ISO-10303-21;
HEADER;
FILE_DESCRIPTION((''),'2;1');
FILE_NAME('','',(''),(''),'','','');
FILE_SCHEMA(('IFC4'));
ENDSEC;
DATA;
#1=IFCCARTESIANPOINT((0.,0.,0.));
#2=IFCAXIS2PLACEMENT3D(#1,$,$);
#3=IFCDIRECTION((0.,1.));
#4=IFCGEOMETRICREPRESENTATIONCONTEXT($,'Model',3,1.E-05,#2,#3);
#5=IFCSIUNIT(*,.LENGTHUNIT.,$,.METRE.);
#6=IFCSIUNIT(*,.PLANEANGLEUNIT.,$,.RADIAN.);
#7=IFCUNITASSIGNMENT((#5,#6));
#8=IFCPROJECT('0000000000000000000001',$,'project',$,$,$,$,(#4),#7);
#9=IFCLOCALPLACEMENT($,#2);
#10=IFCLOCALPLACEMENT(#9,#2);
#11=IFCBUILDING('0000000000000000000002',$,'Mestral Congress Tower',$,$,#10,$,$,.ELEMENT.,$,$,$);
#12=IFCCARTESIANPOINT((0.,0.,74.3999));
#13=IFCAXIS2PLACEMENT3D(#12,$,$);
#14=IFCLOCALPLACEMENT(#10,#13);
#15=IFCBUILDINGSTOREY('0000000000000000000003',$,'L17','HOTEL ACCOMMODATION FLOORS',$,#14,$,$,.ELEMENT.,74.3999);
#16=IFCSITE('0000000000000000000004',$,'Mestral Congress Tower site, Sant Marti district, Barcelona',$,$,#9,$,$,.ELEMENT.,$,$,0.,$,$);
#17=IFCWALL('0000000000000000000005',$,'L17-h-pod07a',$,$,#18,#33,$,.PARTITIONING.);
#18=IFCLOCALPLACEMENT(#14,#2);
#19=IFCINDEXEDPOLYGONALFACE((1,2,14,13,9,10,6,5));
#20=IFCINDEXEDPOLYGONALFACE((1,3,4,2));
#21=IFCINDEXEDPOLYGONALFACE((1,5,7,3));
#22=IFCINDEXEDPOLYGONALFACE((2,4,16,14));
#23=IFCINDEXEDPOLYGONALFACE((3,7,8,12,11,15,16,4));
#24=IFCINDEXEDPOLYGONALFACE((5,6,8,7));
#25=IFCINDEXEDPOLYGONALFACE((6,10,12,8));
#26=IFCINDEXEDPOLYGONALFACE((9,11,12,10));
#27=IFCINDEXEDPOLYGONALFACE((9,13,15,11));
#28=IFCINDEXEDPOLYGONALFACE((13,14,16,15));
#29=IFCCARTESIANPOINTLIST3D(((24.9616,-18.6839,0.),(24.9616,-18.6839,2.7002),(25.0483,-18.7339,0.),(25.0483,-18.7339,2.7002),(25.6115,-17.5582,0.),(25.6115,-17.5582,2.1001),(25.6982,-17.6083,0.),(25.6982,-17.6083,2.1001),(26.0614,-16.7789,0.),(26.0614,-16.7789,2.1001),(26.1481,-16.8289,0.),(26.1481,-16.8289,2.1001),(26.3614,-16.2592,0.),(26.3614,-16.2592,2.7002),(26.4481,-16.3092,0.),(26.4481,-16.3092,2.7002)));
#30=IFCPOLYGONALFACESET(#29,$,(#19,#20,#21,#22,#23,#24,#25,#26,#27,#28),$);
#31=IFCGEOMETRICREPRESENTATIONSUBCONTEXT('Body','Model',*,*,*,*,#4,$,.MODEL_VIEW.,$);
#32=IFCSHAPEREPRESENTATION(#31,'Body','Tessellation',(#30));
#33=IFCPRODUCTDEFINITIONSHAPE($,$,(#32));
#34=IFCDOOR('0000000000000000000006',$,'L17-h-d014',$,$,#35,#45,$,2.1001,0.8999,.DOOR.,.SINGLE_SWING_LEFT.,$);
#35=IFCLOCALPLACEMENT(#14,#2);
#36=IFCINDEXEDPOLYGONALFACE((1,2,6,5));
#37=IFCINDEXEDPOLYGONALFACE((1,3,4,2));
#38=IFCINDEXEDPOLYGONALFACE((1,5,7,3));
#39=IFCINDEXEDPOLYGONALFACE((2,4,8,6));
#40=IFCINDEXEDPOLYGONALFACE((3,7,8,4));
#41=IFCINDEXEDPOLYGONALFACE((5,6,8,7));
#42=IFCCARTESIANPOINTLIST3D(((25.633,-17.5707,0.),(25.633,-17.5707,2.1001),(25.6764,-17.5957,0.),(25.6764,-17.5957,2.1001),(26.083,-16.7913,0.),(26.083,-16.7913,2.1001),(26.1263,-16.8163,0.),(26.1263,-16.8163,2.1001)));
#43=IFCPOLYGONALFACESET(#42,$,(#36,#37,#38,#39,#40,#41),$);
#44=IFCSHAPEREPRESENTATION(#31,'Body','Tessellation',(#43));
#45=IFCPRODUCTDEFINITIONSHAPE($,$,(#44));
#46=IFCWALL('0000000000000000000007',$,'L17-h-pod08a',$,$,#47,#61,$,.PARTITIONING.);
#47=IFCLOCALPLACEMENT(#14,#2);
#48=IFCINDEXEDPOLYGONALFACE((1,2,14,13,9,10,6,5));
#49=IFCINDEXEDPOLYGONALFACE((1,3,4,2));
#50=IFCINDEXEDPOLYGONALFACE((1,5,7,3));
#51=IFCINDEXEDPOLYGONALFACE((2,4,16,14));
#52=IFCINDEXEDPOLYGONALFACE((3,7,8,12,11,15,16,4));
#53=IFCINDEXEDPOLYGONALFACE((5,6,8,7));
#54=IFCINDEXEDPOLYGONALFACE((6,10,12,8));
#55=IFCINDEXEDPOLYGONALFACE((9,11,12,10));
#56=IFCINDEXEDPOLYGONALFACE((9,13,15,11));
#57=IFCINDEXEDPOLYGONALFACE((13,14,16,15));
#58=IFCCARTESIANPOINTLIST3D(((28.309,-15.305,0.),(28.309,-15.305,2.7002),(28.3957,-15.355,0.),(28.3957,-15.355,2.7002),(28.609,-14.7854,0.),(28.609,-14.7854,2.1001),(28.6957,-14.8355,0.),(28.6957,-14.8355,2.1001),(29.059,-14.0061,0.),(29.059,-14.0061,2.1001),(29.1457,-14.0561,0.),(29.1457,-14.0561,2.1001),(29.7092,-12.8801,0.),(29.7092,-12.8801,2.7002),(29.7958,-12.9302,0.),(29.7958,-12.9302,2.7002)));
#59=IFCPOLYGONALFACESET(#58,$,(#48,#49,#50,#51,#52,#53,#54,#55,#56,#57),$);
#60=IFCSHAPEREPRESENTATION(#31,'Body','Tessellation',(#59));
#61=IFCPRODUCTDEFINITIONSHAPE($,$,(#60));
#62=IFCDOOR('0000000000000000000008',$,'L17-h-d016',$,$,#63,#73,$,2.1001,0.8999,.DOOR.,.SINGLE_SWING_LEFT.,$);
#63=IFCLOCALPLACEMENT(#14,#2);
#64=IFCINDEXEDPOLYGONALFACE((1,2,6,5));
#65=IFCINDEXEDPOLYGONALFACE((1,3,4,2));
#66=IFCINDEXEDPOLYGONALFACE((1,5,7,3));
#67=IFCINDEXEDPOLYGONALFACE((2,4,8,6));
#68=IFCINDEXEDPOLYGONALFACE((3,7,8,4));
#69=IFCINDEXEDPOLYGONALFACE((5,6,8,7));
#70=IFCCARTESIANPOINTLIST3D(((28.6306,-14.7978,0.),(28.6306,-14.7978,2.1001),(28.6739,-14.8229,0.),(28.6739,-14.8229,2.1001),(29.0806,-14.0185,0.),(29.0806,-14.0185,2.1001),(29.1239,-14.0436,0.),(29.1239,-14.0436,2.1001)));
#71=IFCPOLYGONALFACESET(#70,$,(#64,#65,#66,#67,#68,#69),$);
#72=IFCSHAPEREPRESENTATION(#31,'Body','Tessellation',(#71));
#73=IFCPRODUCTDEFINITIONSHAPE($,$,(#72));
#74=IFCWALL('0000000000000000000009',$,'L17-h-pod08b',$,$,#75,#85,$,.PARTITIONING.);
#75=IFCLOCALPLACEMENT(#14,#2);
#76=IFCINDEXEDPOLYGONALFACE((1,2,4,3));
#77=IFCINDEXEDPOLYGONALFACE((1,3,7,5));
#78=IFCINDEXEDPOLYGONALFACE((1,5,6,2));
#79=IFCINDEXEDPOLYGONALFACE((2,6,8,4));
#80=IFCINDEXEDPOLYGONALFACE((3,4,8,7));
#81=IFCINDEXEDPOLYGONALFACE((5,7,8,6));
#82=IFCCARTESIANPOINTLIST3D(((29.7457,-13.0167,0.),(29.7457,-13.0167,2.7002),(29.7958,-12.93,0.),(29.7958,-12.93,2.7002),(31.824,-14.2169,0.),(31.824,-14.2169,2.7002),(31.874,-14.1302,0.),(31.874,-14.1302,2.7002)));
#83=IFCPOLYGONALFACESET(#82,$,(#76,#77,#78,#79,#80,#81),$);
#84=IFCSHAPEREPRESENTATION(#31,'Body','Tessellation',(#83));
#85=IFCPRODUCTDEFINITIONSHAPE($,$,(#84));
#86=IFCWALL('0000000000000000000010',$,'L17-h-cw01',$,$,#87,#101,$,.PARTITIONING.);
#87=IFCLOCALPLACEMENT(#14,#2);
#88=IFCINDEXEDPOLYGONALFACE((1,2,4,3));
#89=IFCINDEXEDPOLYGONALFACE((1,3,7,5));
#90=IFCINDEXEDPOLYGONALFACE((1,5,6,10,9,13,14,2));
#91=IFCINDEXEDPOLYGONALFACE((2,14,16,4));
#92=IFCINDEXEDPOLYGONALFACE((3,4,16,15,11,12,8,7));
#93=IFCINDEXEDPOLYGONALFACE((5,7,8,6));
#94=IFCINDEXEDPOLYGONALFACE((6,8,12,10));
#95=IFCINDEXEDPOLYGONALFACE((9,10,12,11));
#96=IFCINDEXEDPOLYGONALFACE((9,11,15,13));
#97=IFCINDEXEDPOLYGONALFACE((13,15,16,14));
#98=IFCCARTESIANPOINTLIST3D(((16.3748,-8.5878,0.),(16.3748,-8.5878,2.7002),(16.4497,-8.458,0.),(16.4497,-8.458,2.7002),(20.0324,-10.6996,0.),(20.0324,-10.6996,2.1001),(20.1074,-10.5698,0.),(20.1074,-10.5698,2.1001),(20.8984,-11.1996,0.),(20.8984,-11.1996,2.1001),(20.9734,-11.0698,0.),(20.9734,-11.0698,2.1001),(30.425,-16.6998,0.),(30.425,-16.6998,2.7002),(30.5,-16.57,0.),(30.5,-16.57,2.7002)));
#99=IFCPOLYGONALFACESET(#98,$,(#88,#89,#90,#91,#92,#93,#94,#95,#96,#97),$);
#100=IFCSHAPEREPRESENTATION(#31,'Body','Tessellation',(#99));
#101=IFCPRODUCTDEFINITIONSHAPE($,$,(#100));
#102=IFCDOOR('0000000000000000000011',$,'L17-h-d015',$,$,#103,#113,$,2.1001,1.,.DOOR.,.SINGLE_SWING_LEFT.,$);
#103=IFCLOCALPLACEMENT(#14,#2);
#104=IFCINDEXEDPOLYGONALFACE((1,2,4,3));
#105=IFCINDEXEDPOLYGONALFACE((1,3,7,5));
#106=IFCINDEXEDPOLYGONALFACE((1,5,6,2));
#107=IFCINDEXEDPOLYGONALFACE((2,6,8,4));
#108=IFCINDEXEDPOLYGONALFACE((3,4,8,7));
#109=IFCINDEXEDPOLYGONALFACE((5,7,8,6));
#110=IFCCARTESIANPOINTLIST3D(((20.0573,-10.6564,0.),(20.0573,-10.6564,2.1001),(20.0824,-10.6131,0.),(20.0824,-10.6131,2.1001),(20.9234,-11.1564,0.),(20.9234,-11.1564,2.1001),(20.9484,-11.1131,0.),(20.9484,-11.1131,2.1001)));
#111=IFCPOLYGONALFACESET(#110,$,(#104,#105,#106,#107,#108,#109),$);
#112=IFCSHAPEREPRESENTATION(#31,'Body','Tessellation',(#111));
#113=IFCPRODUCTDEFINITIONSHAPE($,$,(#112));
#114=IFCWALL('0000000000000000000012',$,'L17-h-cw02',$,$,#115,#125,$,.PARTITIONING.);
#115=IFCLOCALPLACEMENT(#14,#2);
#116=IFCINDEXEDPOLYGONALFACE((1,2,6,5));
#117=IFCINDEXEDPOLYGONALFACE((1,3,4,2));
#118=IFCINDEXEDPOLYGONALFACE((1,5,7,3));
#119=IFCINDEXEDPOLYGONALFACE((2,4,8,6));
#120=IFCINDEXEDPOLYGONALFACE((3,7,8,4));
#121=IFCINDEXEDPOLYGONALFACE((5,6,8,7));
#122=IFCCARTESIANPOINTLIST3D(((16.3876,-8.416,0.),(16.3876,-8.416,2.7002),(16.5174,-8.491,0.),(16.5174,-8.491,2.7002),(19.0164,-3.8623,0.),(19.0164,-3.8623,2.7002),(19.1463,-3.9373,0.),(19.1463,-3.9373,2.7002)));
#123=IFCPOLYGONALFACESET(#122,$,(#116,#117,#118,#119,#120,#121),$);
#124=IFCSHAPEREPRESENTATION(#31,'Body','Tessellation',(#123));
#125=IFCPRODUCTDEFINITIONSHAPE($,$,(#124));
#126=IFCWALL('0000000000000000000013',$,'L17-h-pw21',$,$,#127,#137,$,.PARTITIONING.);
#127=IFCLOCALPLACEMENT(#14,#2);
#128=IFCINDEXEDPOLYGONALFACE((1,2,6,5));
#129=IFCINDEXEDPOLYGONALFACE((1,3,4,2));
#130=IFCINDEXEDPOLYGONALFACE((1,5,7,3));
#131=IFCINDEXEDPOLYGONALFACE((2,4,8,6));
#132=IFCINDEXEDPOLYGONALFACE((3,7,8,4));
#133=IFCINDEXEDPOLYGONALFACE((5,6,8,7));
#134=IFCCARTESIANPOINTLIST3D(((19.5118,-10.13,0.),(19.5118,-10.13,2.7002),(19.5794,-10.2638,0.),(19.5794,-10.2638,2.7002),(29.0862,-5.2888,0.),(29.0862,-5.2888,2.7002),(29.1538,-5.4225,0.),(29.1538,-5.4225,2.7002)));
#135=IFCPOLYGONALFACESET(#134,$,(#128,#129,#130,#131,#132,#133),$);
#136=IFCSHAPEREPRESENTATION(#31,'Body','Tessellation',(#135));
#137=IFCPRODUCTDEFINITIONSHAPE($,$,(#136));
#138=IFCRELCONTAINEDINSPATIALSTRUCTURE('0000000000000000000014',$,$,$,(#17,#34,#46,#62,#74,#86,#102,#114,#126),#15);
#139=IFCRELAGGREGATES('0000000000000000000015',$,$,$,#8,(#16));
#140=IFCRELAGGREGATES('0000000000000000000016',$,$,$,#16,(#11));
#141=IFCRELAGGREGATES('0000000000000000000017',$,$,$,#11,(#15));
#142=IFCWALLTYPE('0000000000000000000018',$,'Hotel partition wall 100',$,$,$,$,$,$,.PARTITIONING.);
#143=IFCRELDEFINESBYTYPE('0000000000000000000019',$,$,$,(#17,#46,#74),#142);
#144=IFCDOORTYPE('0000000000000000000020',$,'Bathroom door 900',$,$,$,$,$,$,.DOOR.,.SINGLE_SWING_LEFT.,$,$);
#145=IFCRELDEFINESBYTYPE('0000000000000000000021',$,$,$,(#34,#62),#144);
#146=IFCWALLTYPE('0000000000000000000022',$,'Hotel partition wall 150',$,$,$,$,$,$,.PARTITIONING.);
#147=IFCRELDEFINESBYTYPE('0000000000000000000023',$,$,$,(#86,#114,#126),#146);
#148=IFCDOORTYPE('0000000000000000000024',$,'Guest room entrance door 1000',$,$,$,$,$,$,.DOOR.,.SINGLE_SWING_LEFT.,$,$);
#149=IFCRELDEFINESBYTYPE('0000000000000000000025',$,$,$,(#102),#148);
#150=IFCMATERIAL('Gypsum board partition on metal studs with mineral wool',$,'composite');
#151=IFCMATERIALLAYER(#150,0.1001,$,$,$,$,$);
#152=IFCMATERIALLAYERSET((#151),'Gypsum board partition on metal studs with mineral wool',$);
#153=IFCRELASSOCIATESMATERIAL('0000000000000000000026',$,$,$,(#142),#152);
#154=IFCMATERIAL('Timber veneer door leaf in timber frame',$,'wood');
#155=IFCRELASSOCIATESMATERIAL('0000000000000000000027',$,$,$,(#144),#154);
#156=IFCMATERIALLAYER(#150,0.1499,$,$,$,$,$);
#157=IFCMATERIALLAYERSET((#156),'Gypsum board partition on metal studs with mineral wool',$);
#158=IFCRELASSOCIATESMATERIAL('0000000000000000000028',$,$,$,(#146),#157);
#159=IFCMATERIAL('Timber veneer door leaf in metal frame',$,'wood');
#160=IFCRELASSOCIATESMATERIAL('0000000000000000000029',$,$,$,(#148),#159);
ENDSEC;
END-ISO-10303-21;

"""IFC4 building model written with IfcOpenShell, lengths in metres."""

from ifc_helpers import new_model, si_unit, direction, frame, frame_2d, origin, place, context, subcontext, project, spatial, rectangle, extrude, material, layer, layer_set, type_object, element, fill, save


model = new_model("IFC4")

# Units and contexts
model_context = context("Model", 3, precision=1e-05, world=origin(), true_north=direction((0.0, 1.0)))
body_context = subcontext(model_context, "Body", "Model", "MODEL_VIEW")
ifc_project = project(units=[si_unit("LENGTHUNIT", "METRE"), si_unit("PLANEANGLEUNIT", "RADIAN")], contexts=[model_context])

# Site, building, storey
site_placement = place(None, origin())
site = spatial("IfcSite", under=ifc_project, at=site_placement, Name="Mestral Congress Tower site, Sant Marti district, Barcelona", CompositionType="ELEMENT", RefElevation=0.0)
building_placement = place(site_placement, origin())
building = spatial("IfcBuilding", under=site, at=building_placement, Name="Mestral Congress Tower", CompositionType="ELEMENT")
storey_placement = place(building_placement, frame((0.0, 0.0, 74.3999)))
storey = spatial("IfcBuildingStorey", under=building, at=storey_placement, Name="L17", Description="HOTEL ACCOMMODATION FLOORS", CompositionType="ELEMENT", Elevation=74.3999)

# Shared definitions
ifc_material_1 = material(Name="Gypsum board partition on metal studs with mineral wool", Category="composite")
ifc_layer_1 = layer(ifc_material_1, 0.1001)
ifc_layer_set_1 = layer_set([ifc_layer_1], Name="Gypsum board partition on metal studs with mineral wool")
wall_type_1 = type_object("IfcWallType", Name="Hotel partition wall 100", PredefinedType="PARTITIONING", material=ifc_layer_set_1)
ifc_material_2 = material(Name="Timber veneer door leaf in timber frame", Category="wood")
door_type_1 = type_object("IfcDoorType", Name="Bathroom door 900", OperationType="SINGLE_SWING_LEFT", PredefinedType="DOOR", material=ifc_material_2)

# Walls, openings, doors
wall_1_placement = place(storey_placement, frame((26.4048, -16.2842, 0.0), z_axis=(0.0, 0.0, 1.0), x_axis=(-0.499984, -0.866035, 0.0)))
wall_1 = element("IfcWall", 1, at=wall_1_placement, inside=storey, type_object=wall_type_1, Name="L17-h-pod07a", PredefinedType="PARTITIONING", context=body_context, shape_type="SweptSolid", body=[
    extrude(rectangle(XDim=2.7998, YDim=0.1001, at=frame_2d((1.3999, 0.0))), origin(), (0.0, 0.0, 1.0), 2.7002),
])
opening_1_placement = place(wall_1_placement, frame((0.6001, 0.0, 0.0)))
opening_1 = element("IfcOpeningElement", 2, at=opening_1_placement, cuts=wall_1, PredefinedType="OPENING", context=body_context, shape_type="SweptSolid", body=[
    extrude(rectangle(XDim=0.8999, YDim=2.1001, at=frame_2d((0.45, 1.05))), frame((0.0, 0.0601, 0.0), z_axis=(0.0, -1.0, 0.0), x_axis=(1.0, 0.0, 0.0)), (0.0, 0.0, 1.0), 0.1201),
])
door_1_placement = place(opening_1_placement, origin())
door_1 = element("IfcDoor", 3, at=door_1_placement, inside=storey, type_object=door_type_1, Name="L17-h-d014", OperationType="SINGLE_SWING_LEFT", OverallHeight=2.1001, OverallWidth=0.8999, PredefinedType="DOOR", context=body_context, shape_type="SweptSolid", body=[
    extrude(rectangle(XDim=0.8999, YDim=2.1001, at=frame_2d((0.45, 1.05))), frame((0.0, 0.0249, 0.0), z_axis=(0.0, -1.0, 0.0), x_axis=(1.0, 0.0, 0.0)), (0.0, 0.0, 1.0), 0.05),
])
fill(opening_1, door_1)
wall_2_placement = place(storey_placement, frame((29.7524, -12.9053, 0.0), z_axis=(0.0, 0.0, 1.0), x_axis=(-0.50005, -0.865997, 0.0)))
wall_2 = element("IfcWall", 4, at=wall_2_placement, inside=storey, type_object=wall_type_1, Name="L17-h-pod08a", PredefinedType="PARTITIONING", context=body_context, shape_type="SweptSolid", body=[
    extrude(rectangle(XDim=2.8, YDim=0.1001, at=frame_2d((1.3999, 0.0))), origin(), (0.0, 0.0, 1.0), 2.7002),
])
opening_2_placement = place(wall_2_placement, frame((1.3, 0.0, 0.0)))
opening_2 = element("IfcOpeningElement", 5, at=opening_2_placement, cuts=wall_2, PredefinedType="OPENING", context=body_context, shape_type="SweptSolid", body=[
    extrude(rectangle(XDim=0.8999, YDim=2.1001, at=frame_2d((0.45, 1.05))), frame((0.0, 0.0601, 0.0), z_axis=(0.0, -1.0, 0.0), x_axis=(1.0, 0.0, 0.0)), (0.0, 0.0, 1.0), 0.1201),
])
door_2_placement = place(opening_2_placement, origin())
door_2 = element("IfcDoor", 6, at=door_2_placement, inside=storey, type_object=door_type_1, Name="L17-h-d016", OperationType="SINGLE_SWING_LEFT", OverallHeight=2.1001, OverallWidth=0.8999, PredefinedType="DOOR", context=body_context, shape_type="SweptSolid", body=[
    extrude(rectangle(XDim=0.8999, YDim=2.1001, at=frame_2d((0.45, 1.05))), frame((0.0, 0.0249, 0.0), z_axis=(0.0, -1.0, 0.0), x_axis=(1.0, 0.0, 0.0)), (0.0, 0.0, 1.0), 0.05),
])
fill(opening_2, door_2)

# Wall
wall_3_placement = place(storey_placement, frame((29.7708, -12.9734, 0.0), z_axis=(0.0, 0.0, 1.0), x_axis=(0.865981, -0.500078, 0.0)))
element("IfcWall", 7, at=wall_3_placement, inside=storey, type_object=wall_type_1, Name="L17-h-pod08b", PredefinedType="PARTITIONING", context=body_context, shape_type="SweptSolid", body=[
    extrude(rectangle(XDim=2.3999, YDim=0.1001, at=frame_2d((1.2, 0.0))), origin(), (0.0, 0.0, 1.0), 2.7002),
])

# Wall, opening, door
ifc_layer_2 = layer(ifc_material_1, 0.1499)
ifc_layer_set_2 = layer_set([ifc_layer_2], Name="Gypsum board partition on metal studs with mineral wool")
wall_type_2 = type_object("IfcWallType", Name="Hotel partition wall 150", PredefinedType="PARTITIONING", material=ifc_layer_set_2)
wall_4_placement = place(storey_placement, frame((16.4124, -8.5229, 0.0), z_axis=(0.0, 0.0, 1.0), x_axis=(0.866022, -0.500006, 0.0)))
wall_4 = element("IfcWall", 8, at=wall_4_placement, inside=storey, type_object=wall_type_2, Name="L17-h-cw01", PredefinedType="PARTITIONING", context=body_context, shape_type="SweptSolid", body=[
    extrude(rectangle(XDim=16.2239, YDim=0.1499, at=frame_2d((8.1118, 0.0))), origin(), (0.0, 0.0, 1.0), 2.7002),
])
opening_3_placement = place(wall_4_placement, frame((4.2234, 0.0, 0.0)))
opening_3 = element("IfcOpeningElement", 9, at=opening_3_placement, cuts=wall_4, PredefinedType="OPENING", context=body_context, shape_type="SweptSolid", body=[
    extrude(rectangle(XDim=1.0, YDim=2.1001, at=frame_2d((0.5, 1.05))), frame((0.0, 0.085, 0.0), z_axis=(0.0, -1.0, 0.0), x_axis=(1.0, 0.0, 0.0)), (0.0, 0.0, 1.0), 0.1699),
])
ifc_material_3 = material(Name="Timber veneer door leaf in metal frame", Category="wood")
door_type_2 = type_object("IfcDoorType", Name="Guest room entrance door 1000", OperationType="SINGLE_SWING_LEFT", PredefinedType="DOOR", material=ifc_material_3)
door_3_placement = place(opening_3_placement, origin())
door_3 = element("IfcDoor", 10, at=door_3_placement, inside=storey, type_object=door_type_2, Name="L17-h-d015", OperationType="SINGLE_SWING_LEFT", OverallHeight=2.1001, OverallWidth=1.0, PredefinedType="DOOR", context=body_context, shape_type="SweptSolid", body=[
    extrude(rectangle(XDim=1.0, YDim=2.1001, at=frame_2d((0.5, 1.05))), frame((0.0, 0.0249, 0.0), z_axis=(0.0, -1.0, 0.0), x_axis=(1.0, 0.0, 0.0)), (0.0, 0.0, 1.0), 0.05),
])
fill(opening_3, door_3)

# Walls
wall_5_placement = place(storey_placement, frame((19.0813, -3.8999, 0.0), z_axis=(0.0, 0.0, 1.0), x_axis=(-0.499974, -0.86604, 0.0)))
element("IfcWall", 11, at=wall_5_placement, inside=storey, type_object=wall_type_2, Name="L17-h-cw02", PredefinedType="PARTITIONING", context=body_context, shape_type="SweptSolid", body=[
    extrude(rectangle(XDim=5.2581, YDim=0.1499, at=frame_2d((2.6289, 0.0))), origin(), (0.0, 0.0, 1.0), 2.7002),
])
wall_6_placement = place(storey_placement, frame((29.1199, -5.3557, 0.0), z_axis=(0.0, 0.0, 1.0), x_axis=(-0.892402, -0.451241, 0.0)))
element("IfcWall", 12, at=wall_6_placement, inside=storey, type_object=wall_type_2, Name="L17-h-pw21", PredefinedType="PARTITIONING", context=body_context, shape_type="SweptSolid", body=[
    extrude(rectangle(XDim=10.7288, YDim=0.1499, at=frame_2d((5.3643, 0.0))), origin(), (0.0, 0.0, 1.0), 2.7002),
])

save(model, "model.ifc")
